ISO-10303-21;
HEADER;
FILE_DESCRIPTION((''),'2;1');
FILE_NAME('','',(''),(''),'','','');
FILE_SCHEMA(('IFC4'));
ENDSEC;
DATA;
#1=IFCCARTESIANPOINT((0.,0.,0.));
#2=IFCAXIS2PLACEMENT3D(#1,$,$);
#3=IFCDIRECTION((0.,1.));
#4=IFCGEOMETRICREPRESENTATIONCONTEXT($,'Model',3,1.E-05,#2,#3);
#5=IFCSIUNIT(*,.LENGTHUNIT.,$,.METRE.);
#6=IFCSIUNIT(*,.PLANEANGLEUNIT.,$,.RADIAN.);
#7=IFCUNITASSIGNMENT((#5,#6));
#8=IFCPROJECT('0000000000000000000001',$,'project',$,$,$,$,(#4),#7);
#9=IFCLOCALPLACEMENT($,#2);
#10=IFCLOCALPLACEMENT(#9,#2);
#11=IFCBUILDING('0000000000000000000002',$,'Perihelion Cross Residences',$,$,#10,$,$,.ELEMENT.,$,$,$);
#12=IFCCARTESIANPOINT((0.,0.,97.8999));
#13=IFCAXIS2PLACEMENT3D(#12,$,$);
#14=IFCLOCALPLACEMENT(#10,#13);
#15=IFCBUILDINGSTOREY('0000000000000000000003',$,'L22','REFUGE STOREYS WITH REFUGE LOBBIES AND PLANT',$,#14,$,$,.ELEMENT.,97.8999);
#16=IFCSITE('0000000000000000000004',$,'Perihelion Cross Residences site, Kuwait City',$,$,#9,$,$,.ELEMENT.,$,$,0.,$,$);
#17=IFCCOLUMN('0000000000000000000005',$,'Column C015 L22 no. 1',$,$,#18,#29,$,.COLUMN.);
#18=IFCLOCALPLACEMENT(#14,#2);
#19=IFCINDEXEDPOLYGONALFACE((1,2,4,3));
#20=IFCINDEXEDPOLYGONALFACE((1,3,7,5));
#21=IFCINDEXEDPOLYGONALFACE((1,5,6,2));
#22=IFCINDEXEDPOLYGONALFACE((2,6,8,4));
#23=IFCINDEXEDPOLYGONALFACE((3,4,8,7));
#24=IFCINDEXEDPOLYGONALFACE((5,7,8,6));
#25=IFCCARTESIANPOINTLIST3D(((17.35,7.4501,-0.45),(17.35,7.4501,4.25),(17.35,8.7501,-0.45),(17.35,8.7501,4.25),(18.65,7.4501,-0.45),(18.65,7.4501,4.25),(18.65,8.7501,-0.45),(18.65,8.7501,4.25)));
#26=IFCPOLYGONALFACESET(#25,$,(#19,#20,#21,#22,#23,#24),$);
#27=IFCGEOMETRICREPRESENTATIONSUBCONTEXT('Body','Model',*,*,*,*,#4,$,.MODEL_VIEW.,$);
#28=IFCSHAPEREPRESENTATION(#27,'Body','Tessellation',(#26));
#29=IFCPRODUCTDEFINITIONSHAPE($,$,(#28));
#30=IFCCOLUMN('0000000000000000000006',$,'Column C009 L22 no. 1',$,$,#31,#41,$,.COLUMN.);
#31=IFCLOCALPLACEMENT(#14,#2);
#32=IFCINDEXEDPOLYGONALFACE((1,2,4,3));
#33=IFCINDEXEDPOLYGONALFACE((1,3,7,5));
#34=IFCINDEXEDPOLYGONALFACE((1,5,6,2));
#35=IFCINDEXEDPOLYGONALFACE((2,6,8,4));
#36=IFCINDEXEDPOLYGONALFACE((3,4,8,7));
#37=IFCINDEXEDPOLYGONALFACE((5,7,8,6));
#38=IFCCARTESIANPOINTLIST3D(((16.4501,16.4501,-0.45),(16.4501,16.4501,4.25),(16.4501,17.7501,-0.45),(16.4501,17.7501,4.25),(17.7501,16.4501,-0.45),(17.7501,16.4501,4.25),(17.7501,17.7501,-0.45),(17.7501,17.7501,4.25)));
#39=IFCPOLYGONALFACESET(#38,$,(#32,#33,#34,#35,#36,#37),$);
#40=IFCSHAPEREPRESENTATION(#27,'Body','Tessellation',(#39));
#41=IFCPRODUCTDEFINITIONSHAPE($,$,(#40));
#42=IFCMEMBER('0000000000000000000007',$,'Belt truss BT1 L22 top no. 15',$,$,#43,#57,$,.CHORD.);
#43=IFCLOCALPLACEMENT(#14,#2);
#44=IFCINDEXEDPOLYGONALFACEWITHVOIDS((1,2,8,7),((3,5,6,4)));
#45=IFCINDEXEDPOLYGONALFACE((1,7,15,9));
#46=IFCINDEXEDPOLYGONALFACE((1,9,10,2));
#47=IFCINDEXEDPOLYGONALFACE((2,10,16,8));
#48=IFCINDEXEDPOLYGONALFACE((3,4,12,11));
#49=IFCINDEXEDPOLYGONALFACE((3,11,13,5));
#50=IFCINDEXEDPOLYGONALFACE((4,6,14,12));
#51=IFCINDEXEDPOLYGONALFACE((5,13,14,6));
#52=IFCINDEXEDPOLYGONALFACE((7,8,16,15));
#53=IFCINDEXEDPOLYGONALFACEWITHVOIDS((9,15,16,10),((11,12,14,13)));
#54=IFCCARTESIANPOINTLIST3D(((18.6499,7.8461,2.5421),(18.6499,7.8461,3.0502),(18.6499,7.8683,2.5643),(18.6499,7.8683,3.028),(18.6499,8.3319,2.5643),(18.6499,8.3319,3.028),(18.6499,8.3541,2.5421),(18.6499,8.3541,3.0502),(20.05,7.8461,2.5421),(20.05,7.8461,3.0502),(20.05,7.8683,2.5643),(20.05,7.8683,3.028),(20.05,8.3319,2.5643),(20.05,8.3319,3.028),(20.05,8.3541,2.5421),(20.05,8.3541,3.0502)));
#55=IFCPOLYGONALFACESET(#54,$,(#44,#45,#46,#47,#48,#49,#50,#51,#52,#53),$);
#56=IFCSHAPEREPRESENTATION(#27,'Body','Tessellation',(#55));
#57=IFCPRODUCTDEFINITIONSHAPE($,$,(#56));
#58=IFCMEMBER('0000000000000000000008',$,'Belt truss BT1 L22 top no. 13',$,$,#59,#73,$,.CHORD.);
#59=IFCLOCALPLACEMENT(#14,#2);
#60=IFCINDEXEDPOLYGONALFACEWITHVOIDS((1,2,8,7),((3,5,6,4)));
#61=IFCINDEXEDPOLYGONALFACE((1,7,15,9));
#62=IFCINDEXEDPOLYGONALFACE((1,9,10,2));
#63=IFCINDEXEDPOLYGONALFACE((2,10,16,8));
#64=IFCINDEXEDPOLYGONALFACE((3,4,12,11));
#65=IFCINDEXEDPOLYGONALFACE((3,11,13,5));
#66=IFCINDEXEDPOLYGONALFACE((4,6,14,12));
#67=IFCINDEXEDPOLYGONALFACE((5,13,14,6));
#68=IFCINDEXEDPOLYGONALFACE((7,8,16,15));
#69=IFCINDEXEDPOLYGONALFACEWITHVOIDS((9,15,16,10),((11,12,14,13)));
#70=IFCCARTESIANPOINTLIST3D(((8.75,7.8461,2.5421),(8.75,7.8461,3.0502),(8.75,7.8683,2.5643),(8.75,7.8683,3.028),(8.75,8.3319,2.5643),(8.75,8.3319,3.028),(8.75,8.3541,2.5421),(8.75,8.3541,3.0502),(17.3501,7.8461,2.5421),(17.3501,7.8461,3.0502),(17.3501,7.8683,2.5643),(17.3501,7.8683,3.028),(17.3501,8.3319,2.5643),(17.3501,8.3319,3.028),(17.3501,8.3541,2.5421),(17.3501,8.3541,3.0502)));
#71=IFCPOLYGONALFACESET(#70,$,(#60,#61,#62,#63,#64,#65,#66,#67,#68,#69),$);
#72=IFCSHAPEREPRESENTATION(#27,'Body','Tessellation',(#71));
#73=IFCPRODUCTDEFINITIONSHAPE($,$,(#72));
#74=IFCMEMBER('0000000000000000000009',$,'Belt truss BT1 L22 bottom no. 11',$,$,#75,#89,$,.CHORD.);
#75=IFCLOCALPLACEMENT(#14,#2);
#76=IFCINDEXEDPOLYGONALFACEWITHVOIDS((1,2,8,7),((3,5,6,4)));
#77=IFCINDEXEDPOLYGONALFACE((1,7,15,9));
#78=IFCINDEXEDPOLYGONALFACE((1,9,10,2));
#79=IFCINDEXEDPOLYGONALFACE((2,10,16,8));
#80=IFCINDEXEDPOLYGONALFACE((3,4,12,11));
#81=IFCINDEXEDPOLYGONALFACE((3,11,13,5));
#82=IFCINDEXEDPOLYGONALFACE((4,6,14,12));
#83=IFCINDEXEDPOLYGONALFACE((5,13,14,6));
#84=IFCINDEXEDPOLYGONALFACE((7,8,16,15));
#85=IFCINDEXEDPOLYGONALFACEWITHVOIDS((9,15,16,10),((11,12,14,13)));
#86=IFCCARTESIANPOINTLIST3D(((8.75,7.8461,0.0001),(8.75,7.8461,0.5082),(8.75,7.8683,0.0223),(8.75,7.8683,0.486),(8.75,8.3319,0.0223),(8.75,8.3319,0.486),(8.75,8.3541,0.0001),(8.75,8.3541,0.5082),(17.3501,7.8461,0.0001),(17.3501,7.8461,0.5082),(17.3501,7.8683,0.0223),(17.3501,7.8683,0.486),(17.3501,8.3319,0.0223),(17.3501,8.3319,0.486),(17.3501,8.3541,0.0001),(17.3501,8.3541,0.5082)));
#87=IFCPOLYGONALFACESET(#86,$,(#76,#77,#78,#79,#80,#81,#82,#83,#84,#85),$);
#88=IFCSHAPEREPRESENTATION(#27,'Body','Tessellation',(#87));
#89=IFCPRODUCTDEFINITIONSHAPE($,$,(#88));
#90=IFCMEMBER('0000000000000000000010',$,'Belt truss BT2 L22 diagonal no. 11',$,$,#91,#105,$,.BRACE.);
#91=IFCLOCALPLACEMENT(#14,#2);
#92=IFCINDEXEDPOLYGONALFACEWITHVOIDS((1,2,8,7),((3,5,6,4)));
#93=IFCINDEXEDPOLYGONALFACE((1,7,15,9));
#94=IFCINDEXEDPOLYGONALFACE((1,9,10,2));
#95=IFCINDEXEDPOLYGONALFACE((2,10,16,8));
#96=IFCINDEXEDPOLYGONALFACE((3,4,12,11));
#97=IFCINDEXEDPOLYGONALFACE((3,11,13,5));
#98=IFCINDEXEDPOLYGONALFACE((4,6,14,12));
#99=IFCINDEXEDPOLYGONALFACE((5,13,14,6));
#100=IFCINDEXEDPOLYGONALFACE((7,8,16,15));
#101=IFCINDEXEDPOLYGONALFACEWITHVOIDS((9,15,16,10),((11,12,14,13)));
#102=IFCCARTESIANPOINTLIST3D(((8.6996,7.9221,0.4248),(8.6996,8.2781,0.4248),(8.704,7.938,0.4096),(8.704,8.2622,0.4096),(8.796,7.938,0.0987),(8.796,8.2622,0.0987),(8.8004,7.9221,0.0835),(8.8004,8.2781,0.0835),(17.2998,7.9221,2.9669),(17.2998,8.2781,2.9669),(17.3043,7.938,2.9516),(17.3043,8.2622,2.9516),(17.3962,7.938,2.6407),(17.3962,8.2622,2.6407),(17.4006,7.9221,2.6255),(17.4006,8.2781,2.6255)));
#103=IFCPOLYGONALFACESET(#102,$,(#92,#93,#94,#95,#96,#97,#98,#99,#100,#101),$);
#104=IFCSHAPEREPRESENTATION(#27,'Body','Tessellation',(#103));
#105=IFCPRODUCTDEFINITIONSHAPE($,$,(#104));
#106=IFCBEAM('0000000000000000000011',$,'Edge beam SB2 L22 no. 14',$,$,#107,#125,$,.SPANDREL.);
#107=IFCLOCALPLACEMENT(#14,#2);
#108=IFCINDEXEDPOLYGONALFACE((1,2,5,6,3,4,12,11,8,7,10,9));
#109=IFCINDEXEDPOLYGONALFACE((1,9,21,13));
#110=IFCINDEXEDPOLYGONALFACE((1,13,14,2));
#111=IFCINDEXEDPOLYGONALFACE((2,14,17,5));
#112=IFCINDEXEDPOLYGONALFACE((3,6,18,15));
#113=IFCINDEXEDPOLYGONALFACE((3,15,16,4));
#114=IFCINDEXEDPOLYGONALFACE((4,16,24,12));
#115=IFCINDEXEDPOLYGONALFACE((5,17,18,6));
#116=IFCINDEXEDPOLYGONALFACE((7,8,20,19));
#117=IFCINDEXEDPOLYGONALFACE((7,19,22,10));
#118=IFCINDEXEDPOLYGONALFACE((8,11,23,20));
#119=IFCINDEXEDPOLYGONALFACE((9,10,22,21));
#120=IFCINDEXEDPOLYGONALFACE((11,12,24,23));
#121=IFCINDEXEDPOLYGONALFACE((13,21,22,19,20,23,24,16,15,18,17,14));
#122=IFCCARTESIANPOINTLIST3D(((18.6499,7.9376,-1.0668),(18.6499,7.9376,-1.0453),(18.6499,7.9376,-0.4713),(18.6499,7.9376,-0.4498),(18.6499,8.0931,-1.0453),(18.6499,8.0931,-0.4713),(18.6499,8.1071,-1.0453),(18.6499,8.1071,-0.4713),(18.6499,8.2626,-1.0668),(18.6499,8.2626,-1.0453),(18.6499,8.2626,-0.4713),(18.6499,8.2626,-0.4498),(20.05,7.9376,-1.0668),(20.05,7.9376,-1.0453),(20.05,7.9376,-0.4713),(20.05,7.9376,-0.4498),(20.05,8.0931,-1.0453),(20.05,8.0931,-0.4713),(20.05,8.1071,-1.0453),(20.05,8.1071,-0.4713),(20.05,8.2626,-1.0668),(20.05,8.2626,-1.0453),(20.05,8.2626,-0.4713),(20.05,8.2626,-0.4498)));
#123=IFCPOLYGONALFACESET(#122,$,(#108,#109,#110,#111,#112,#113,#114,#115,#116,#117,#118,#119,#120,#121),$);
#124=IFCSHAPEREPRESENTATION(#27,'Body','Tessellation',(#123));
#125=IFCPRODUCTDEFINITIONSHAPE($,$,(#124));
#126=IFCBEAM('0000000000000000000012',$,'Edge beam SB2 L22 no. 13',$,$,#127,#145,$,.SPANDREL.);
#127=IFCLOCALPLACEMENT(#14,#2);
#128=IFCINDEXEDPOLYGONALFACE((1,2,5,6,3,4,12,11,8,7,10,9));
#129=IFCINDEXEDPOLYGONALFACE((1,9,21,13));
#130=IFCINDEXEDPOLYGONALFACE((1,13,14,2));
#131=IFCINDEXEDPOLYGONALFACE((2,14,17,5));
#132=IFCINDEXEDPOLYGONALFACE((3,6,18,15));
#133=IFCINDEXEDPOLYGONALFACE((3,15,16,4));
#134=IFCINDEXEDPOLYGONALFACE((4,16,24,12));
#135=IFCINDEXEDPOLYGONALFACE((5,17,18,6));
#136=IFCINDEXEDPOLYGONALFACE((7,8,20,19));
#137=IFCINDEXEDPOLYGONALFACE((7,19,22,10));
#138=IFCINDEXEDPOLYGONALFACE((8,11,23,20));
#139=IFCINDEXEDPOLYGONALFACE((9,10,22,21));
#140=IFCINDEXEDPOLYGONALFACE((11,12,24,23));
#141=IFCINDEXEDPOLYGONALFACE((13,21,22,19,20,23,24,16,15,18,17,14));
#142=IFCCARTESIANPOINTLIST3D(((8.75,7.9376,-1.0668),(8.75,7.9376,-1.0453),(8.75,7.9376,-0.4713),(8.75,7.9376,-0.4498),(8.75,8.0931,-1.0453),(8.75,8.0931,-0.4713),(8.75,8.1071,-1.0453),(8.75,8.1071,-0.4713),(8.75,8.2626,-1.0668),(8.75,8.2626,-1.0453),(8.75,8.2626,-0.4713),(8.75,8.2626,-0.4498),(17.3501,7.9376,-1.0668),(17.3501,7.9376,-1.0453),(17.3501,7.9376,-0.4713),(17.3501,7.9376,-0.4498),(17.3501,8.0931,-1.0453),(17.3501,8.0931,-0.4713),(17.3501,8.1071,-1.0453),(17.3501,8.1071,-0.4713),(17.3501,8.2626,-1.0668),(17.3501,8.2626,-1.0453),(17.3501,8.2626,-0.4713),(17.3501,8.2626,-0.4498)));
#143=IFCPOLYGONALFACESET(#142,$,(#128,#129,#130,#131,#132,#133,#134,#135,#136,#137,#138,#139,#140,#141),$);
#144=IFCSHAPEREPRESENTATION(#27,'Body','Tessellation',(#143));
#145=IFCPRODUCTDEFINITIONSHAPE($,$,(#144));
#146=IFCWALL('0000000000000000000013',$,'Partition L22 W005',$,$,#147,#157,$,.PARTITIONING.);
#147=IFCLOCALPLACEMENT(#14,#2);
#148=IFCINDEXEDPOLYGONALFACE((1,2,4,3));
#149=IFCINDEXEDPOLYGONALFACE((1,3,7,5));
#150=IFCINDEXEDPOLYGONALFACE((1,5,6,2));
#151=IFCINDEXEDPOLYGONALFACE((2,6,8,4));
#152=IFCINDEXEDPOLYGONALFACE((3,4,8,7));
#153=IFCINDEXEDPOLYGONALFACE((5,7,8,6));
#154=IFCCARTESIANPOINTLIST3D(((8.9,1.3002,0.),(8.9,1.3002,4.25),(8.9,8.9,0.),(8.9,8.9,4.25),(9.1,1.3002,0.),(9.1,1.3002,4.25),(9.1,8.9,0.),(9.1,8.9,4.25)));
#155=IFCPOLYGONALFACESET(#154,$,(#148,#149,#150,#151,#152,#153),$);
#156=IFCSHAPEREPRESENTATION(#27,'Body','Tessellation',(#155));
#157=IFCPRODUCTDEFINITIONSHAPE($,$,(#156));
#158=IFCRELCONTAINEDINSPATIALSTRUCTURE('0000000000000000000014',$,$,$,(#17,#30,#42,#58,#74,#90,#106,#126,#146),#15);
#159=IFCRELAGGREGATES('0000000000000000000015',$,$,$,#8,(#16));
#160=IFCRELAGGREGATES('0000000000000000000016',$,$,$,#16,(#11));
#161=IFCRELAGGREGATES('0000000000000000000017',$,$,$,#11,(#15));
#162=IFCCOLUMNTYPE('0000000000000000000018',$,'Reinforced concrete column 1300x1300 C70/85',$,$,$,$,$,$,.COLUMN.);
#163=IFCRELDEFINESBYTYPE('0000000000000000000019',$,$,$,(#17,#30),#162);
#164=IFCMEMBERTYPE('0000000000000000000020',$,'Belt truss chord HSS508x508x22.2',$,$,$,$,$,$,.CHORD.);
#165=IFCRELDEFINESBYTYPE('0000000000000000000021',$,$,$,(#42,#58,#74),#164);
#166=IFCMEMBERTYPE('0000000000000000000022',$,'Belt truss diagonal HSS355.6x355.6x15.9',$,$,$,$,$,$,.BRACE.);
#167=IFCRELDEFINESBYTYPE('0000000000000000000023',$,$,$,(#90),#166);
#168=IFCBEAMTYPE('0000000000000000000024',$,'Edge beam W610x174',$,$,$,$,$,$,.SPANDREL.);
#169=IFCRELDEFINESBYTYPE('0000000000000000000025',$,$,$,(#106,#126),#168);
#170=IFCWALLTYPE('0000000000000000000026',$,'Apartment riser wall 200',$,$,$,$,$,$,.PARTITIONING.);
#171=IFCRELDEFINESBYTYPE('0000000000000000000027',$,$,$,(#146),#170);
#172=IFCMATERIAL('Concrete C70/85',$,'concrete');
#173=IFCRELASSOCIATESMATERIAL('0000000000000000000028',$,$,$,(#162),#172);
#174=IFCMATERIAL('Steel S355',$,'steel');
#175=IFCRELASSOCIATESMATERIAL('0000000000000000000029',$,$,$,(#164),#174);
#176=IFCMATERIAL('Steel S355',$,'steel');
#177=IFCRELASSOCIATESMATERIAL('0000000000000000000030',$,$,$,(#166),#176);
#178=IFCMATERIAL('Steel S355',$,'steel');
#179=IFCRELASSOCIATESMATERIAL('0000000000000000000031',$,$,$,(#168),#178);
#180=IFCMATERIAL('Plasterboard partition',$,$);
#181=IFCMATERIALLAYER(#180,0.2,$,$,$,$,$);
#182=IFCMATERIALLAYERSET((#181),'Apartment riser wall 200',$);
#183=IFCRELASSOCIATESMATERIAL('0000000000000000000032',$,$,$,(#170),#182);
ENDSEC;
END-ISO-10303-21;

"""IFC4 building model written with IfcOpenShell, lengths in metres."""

from ifc_helpers import new_model, si_unit, direction, frame, frame_2d, origin, origin_2d, place, context, subcontext, project, spatial, rectangle, hollow_rectangle, i_section, extrude, material, layer, layer_set, material_profile, profile_set, type_object, element, save


model = new_model("IFC4")

# Units and contexts
model_context = context("Model", 3, precision=1e-05, world=origin(), true_north=direction((0.0, 1.0)))
body_context = subcontext(model_context, "Body", "Model", "MODEL_VIEW")
ifc_project = project(units=[si_unit("LENGTHUNIT", "METRE"), si_unit("PLANEANGLEUNIT", "RADIAN")], contexts=[model_context])

# Site, building, storey
site_placement = place(None, origin())
site = spatial("IfcSite", under=ifc_project, at=site_placement, Name="Perihelion Cross Residences site, Kuwait City", CompositionType="ELEMENT", RefElevation=0.0)
building_placement = place(site_placement, origin())
building = spatial("IfcBuilding", under=site, at=building_placement, Name="Perihelion Cross Residences", CompositionType="ELEMENT")
storey_placement = place(building_placement, frame((0.0, 0.0, 97.8999)))
storey = spatial("IfcBuildingStorey", under=building, at=storey_placement, Name="L22", Description="REFUGE STOREYS WITH REFUGE LOBBIES AND PLANT", CompositionType="ELEMENT", Elevation=97.8999)

# Columns
ifc_material_1 = material(Name="Concrete C70/85", Category="concrete")
ifc_material_profile_1 = material_profile(ifc_material_1, rectangle(XDim=1.3, YDim=1.3, at=origin_2d()), Name="RC 1300x1300")
ifc_profile_set_1 = profile_set([ifc_material_profile_1], Name="Concrete C70/85")
column_type = type_object("IfcColumnType", Name="Reinforced concrete column 1300x1300 C70/85", PredefinedType="COLUMN", material=ifc_profile_set_1)
for number, where, z_axis, x_axis, name in (
    (1, (18.0, 8.1001, -0.45), (0.0, 0.0, 1.0), (1.0, 0.0, 0.0), "Column C015 L22 no. 1"),
    (2, (17.1001, 17.1001, -0.45), (0.0, 0.0, 1.0), (1.0, 0.0, 0.0), "Column C009 L22 no. 1"),
):
    element("IfcColumn", number, at=place(storey_placement, frame(where, z_axis=z_axis, x_axis=x_axis)), inside=storey, type_object=column_type, Name=name, PredefinedType="COLUMN", context=body_context, shape_type="SweptSolid", body=[
        extrude(rectangle(XDim=1.3, YDim=1.3, at=origin_2d()), origin(), (0.0, 0.0, 1.0), 4.7),
    ])

# Members
ifc_material_2 = material(Name="Steel S355", Category="steel")
ifc_material_profile_2 = material_profile(ifc_material_2, hollow_rectangle(XDim=0.5081, YDim=0.5081, WallThickness=0.0222, at=origin_2d()), Name="HSS508x508x22.2")
ifc_profile_set_2 = profile_set([ifc_material_profile_2], Name="Steel S355")
member_type_1 = type_object("IfcMemberType", Name="Belt truss chord HSS508x508x22.2", PredefinedType="CHORD", material=ifc_profile_set_2)
member_1_placement = place(storey_placement, frame((20.05, 8.1001, 2.7961), z_axis=(-1.0, 0.0, 0.0), x_axis=(0.0, -1.0, 0.0)))
element("IfcMember", 3, at=member_1_placement, inside=storey, type_object=member_type_1, Name="Belt truss BT1 L22 top no. 15", PredefinedType="CHORD", context=body_context, shape_type="SweptSolid", body=[
    extrude(hollow_rectangle(XDim=0.5081, YDim=0.5081, WallThickness=0.0222, at=origin_2d()), origin(), (0.0, 0.0, 1.0), 1.4001),
])
for number, where, z_axis, x_axis, name in (
    (4, (17.3501, 8.1001, 2.7961), (-1.0, 0.0, 0.0), (0.0, -1.0, 0.0), "Belt truss BT1 L22 top no. 13"),
    (5, (17.3501, 8.1001, 0.2542), (-1.0, 0.0, 0.0), (0.0, -1.0, 0.0), "Belt truss BT1 L22 bottom no. 11"),
):
    element("IfcMember", number, at=place(storey_placement, frame(where, z_axis=z_axis, x_axis=x_axis)), inside=storey, type_object=member_type_1, Name=name, PredefinedType="CHORD", context=body_context, shape_type="SweptSolid", body=[
        extrude(hollow_rectangle(XDim=0.5081, YDim=0.5081, WallThickness=0.0222, at=origin_2d()), origin(), (0.0, 0.0, 1.0), 8.6001),
    ])
ifc_material_3 = material(Name="Steel S355", Category="steel")
ifc_material_profile_3 = material_profile(ifc_material_3, hollow_rectangle(XDim=0.356, YDim=0.356, WallThickness=0.0159, at=origin_2d()), Name="HSS355.6x355.6x15.9")
ifc_profile_set_3 = profile_set([ifc_material_profile_3], Name="Steel S355")
member_type_2 = type_object("IfcMemberType", Name="Belt truss diagonal HSS355.6x355.6x15.9", PredefinedType="BRACE", material=ifc_profile_set_3)
member_2_placement = place(storey_placement, frame((8.75, 8.1001, 0.2542), z_axis=(0.958986, 0.0, 0.283454), x_axis=(0.0, 1.0, 0.0)))
element("IfcMember", 6, at=member_2_placement, inside=storey, type_object=member_type_2, Name="Belt truss BT2 L22 diagonal no. 11", PredefinedType="BRACE", context=body_context, shape_type="SweptSolid", body=[
    extrude(hollow_rectangle(XDim=0.356, YDim=0.356, WallThickness=0.0159, at=origin_2d()), origin(), (0.0, 0.0, 1.0), 8.968),
])

# Beams
ifc_material_4 = material(Name="Steel S355", Category="steel")
ifc_material_profile_4 = material_profile(ifc_material_4, i_section(OverallWidth=0.325, OverallDepth=0.6169, WebThickness=0.0139, FlangeThickness=0.0215, at=origin_2d()), Name="W610x174")
ifc_profile_set_4 = profile_set([ifc_material_profile_4], Name="Steel S355")
beam_type = type_object("IfcBeamType", Name="Edge beam W610x174", PredefinedType="SPANDREL", material=ifc_profile_set_4)
beam_1_placement = place(storey_placement, frame((20.05, 8.1001, -0.7583), z_axis=(-1.0, 0.0, 0.0), x_axis=(0.0, -1.0, 0.0)))
element("IfcBeam", 7, at=beam_1_placement, inside=storey, type_object=beam_type, Name="Edge beam SB2 L22 no. 14", PredefinedType="SPANDREL", context=body_context, shape_type="SweptSolid", body=[
    extrude(i_section(OverallWidth=0.325, OverallDepth=0.6169, WebThickness=0.0139, FlangeThickness=0.0215, at=origin_2d()), origin(), (0.0, 0.0, 1.0), 1.4001),
])
beam_2_placement = place(storey_placement, frame((17.3501, 8.1001, -0.7583), z_axis=(-1.0, 0.0, 0.0), x_axis=(0.0, -1.0, 0.0)))
element("IfcBeam", 8, at=beam_2_placement, inside=storey, type_object=beam_type, Name="Edge beam SB2 L22 no. 13", PredefinedType="SPANDREL", context=body_context, shape_type="SweptSolid", body=[
    extrude(i_section(OverallWidth=0.325, OverallDepth=0.6169, WebThickness=0.0139, FlangeThickness=0.0215, at=origin_2d()), origin(), (0.0, 0.0, 1.0), 8.6001),
])

# Wall
ifc_material_5 = material(Name="Plasterboard partition")
ifc_layer_1 = layer(ifc_material_5, 0.2)
ifc_layer_set_1 = layer_set([ifc_layer_1], Name="Apartment riser wall 200")
wall_type_1 = type_object("IfcWallType", Name="Apartment riser wall 200", PredefinedType="PARTITIONING", material=ifc_layer_set_1)
wall_1_placement = place(storey_placement, frame((9.0, 8.8999, 0.0), z_axis=(0.0, 0.0, 1.0), x_axis=(0.0, -1.0, 0.0)))
element("IfcWall", 9, at=wall_1_placement, inside=storey, type_object=wall_type_1, Name="Partition L22 W005", PredefinedType="PARTITIONING", context=body_context, shape_type="SweptSolid", body=[
    extrude(rectangle(XDim=7.5999, YDim=0.2, at=frame_2d((3.7998, 0.0))), origin(), (0.0, 0.0, 1.0), 4.25),
])

save(model, "model.ifc")
